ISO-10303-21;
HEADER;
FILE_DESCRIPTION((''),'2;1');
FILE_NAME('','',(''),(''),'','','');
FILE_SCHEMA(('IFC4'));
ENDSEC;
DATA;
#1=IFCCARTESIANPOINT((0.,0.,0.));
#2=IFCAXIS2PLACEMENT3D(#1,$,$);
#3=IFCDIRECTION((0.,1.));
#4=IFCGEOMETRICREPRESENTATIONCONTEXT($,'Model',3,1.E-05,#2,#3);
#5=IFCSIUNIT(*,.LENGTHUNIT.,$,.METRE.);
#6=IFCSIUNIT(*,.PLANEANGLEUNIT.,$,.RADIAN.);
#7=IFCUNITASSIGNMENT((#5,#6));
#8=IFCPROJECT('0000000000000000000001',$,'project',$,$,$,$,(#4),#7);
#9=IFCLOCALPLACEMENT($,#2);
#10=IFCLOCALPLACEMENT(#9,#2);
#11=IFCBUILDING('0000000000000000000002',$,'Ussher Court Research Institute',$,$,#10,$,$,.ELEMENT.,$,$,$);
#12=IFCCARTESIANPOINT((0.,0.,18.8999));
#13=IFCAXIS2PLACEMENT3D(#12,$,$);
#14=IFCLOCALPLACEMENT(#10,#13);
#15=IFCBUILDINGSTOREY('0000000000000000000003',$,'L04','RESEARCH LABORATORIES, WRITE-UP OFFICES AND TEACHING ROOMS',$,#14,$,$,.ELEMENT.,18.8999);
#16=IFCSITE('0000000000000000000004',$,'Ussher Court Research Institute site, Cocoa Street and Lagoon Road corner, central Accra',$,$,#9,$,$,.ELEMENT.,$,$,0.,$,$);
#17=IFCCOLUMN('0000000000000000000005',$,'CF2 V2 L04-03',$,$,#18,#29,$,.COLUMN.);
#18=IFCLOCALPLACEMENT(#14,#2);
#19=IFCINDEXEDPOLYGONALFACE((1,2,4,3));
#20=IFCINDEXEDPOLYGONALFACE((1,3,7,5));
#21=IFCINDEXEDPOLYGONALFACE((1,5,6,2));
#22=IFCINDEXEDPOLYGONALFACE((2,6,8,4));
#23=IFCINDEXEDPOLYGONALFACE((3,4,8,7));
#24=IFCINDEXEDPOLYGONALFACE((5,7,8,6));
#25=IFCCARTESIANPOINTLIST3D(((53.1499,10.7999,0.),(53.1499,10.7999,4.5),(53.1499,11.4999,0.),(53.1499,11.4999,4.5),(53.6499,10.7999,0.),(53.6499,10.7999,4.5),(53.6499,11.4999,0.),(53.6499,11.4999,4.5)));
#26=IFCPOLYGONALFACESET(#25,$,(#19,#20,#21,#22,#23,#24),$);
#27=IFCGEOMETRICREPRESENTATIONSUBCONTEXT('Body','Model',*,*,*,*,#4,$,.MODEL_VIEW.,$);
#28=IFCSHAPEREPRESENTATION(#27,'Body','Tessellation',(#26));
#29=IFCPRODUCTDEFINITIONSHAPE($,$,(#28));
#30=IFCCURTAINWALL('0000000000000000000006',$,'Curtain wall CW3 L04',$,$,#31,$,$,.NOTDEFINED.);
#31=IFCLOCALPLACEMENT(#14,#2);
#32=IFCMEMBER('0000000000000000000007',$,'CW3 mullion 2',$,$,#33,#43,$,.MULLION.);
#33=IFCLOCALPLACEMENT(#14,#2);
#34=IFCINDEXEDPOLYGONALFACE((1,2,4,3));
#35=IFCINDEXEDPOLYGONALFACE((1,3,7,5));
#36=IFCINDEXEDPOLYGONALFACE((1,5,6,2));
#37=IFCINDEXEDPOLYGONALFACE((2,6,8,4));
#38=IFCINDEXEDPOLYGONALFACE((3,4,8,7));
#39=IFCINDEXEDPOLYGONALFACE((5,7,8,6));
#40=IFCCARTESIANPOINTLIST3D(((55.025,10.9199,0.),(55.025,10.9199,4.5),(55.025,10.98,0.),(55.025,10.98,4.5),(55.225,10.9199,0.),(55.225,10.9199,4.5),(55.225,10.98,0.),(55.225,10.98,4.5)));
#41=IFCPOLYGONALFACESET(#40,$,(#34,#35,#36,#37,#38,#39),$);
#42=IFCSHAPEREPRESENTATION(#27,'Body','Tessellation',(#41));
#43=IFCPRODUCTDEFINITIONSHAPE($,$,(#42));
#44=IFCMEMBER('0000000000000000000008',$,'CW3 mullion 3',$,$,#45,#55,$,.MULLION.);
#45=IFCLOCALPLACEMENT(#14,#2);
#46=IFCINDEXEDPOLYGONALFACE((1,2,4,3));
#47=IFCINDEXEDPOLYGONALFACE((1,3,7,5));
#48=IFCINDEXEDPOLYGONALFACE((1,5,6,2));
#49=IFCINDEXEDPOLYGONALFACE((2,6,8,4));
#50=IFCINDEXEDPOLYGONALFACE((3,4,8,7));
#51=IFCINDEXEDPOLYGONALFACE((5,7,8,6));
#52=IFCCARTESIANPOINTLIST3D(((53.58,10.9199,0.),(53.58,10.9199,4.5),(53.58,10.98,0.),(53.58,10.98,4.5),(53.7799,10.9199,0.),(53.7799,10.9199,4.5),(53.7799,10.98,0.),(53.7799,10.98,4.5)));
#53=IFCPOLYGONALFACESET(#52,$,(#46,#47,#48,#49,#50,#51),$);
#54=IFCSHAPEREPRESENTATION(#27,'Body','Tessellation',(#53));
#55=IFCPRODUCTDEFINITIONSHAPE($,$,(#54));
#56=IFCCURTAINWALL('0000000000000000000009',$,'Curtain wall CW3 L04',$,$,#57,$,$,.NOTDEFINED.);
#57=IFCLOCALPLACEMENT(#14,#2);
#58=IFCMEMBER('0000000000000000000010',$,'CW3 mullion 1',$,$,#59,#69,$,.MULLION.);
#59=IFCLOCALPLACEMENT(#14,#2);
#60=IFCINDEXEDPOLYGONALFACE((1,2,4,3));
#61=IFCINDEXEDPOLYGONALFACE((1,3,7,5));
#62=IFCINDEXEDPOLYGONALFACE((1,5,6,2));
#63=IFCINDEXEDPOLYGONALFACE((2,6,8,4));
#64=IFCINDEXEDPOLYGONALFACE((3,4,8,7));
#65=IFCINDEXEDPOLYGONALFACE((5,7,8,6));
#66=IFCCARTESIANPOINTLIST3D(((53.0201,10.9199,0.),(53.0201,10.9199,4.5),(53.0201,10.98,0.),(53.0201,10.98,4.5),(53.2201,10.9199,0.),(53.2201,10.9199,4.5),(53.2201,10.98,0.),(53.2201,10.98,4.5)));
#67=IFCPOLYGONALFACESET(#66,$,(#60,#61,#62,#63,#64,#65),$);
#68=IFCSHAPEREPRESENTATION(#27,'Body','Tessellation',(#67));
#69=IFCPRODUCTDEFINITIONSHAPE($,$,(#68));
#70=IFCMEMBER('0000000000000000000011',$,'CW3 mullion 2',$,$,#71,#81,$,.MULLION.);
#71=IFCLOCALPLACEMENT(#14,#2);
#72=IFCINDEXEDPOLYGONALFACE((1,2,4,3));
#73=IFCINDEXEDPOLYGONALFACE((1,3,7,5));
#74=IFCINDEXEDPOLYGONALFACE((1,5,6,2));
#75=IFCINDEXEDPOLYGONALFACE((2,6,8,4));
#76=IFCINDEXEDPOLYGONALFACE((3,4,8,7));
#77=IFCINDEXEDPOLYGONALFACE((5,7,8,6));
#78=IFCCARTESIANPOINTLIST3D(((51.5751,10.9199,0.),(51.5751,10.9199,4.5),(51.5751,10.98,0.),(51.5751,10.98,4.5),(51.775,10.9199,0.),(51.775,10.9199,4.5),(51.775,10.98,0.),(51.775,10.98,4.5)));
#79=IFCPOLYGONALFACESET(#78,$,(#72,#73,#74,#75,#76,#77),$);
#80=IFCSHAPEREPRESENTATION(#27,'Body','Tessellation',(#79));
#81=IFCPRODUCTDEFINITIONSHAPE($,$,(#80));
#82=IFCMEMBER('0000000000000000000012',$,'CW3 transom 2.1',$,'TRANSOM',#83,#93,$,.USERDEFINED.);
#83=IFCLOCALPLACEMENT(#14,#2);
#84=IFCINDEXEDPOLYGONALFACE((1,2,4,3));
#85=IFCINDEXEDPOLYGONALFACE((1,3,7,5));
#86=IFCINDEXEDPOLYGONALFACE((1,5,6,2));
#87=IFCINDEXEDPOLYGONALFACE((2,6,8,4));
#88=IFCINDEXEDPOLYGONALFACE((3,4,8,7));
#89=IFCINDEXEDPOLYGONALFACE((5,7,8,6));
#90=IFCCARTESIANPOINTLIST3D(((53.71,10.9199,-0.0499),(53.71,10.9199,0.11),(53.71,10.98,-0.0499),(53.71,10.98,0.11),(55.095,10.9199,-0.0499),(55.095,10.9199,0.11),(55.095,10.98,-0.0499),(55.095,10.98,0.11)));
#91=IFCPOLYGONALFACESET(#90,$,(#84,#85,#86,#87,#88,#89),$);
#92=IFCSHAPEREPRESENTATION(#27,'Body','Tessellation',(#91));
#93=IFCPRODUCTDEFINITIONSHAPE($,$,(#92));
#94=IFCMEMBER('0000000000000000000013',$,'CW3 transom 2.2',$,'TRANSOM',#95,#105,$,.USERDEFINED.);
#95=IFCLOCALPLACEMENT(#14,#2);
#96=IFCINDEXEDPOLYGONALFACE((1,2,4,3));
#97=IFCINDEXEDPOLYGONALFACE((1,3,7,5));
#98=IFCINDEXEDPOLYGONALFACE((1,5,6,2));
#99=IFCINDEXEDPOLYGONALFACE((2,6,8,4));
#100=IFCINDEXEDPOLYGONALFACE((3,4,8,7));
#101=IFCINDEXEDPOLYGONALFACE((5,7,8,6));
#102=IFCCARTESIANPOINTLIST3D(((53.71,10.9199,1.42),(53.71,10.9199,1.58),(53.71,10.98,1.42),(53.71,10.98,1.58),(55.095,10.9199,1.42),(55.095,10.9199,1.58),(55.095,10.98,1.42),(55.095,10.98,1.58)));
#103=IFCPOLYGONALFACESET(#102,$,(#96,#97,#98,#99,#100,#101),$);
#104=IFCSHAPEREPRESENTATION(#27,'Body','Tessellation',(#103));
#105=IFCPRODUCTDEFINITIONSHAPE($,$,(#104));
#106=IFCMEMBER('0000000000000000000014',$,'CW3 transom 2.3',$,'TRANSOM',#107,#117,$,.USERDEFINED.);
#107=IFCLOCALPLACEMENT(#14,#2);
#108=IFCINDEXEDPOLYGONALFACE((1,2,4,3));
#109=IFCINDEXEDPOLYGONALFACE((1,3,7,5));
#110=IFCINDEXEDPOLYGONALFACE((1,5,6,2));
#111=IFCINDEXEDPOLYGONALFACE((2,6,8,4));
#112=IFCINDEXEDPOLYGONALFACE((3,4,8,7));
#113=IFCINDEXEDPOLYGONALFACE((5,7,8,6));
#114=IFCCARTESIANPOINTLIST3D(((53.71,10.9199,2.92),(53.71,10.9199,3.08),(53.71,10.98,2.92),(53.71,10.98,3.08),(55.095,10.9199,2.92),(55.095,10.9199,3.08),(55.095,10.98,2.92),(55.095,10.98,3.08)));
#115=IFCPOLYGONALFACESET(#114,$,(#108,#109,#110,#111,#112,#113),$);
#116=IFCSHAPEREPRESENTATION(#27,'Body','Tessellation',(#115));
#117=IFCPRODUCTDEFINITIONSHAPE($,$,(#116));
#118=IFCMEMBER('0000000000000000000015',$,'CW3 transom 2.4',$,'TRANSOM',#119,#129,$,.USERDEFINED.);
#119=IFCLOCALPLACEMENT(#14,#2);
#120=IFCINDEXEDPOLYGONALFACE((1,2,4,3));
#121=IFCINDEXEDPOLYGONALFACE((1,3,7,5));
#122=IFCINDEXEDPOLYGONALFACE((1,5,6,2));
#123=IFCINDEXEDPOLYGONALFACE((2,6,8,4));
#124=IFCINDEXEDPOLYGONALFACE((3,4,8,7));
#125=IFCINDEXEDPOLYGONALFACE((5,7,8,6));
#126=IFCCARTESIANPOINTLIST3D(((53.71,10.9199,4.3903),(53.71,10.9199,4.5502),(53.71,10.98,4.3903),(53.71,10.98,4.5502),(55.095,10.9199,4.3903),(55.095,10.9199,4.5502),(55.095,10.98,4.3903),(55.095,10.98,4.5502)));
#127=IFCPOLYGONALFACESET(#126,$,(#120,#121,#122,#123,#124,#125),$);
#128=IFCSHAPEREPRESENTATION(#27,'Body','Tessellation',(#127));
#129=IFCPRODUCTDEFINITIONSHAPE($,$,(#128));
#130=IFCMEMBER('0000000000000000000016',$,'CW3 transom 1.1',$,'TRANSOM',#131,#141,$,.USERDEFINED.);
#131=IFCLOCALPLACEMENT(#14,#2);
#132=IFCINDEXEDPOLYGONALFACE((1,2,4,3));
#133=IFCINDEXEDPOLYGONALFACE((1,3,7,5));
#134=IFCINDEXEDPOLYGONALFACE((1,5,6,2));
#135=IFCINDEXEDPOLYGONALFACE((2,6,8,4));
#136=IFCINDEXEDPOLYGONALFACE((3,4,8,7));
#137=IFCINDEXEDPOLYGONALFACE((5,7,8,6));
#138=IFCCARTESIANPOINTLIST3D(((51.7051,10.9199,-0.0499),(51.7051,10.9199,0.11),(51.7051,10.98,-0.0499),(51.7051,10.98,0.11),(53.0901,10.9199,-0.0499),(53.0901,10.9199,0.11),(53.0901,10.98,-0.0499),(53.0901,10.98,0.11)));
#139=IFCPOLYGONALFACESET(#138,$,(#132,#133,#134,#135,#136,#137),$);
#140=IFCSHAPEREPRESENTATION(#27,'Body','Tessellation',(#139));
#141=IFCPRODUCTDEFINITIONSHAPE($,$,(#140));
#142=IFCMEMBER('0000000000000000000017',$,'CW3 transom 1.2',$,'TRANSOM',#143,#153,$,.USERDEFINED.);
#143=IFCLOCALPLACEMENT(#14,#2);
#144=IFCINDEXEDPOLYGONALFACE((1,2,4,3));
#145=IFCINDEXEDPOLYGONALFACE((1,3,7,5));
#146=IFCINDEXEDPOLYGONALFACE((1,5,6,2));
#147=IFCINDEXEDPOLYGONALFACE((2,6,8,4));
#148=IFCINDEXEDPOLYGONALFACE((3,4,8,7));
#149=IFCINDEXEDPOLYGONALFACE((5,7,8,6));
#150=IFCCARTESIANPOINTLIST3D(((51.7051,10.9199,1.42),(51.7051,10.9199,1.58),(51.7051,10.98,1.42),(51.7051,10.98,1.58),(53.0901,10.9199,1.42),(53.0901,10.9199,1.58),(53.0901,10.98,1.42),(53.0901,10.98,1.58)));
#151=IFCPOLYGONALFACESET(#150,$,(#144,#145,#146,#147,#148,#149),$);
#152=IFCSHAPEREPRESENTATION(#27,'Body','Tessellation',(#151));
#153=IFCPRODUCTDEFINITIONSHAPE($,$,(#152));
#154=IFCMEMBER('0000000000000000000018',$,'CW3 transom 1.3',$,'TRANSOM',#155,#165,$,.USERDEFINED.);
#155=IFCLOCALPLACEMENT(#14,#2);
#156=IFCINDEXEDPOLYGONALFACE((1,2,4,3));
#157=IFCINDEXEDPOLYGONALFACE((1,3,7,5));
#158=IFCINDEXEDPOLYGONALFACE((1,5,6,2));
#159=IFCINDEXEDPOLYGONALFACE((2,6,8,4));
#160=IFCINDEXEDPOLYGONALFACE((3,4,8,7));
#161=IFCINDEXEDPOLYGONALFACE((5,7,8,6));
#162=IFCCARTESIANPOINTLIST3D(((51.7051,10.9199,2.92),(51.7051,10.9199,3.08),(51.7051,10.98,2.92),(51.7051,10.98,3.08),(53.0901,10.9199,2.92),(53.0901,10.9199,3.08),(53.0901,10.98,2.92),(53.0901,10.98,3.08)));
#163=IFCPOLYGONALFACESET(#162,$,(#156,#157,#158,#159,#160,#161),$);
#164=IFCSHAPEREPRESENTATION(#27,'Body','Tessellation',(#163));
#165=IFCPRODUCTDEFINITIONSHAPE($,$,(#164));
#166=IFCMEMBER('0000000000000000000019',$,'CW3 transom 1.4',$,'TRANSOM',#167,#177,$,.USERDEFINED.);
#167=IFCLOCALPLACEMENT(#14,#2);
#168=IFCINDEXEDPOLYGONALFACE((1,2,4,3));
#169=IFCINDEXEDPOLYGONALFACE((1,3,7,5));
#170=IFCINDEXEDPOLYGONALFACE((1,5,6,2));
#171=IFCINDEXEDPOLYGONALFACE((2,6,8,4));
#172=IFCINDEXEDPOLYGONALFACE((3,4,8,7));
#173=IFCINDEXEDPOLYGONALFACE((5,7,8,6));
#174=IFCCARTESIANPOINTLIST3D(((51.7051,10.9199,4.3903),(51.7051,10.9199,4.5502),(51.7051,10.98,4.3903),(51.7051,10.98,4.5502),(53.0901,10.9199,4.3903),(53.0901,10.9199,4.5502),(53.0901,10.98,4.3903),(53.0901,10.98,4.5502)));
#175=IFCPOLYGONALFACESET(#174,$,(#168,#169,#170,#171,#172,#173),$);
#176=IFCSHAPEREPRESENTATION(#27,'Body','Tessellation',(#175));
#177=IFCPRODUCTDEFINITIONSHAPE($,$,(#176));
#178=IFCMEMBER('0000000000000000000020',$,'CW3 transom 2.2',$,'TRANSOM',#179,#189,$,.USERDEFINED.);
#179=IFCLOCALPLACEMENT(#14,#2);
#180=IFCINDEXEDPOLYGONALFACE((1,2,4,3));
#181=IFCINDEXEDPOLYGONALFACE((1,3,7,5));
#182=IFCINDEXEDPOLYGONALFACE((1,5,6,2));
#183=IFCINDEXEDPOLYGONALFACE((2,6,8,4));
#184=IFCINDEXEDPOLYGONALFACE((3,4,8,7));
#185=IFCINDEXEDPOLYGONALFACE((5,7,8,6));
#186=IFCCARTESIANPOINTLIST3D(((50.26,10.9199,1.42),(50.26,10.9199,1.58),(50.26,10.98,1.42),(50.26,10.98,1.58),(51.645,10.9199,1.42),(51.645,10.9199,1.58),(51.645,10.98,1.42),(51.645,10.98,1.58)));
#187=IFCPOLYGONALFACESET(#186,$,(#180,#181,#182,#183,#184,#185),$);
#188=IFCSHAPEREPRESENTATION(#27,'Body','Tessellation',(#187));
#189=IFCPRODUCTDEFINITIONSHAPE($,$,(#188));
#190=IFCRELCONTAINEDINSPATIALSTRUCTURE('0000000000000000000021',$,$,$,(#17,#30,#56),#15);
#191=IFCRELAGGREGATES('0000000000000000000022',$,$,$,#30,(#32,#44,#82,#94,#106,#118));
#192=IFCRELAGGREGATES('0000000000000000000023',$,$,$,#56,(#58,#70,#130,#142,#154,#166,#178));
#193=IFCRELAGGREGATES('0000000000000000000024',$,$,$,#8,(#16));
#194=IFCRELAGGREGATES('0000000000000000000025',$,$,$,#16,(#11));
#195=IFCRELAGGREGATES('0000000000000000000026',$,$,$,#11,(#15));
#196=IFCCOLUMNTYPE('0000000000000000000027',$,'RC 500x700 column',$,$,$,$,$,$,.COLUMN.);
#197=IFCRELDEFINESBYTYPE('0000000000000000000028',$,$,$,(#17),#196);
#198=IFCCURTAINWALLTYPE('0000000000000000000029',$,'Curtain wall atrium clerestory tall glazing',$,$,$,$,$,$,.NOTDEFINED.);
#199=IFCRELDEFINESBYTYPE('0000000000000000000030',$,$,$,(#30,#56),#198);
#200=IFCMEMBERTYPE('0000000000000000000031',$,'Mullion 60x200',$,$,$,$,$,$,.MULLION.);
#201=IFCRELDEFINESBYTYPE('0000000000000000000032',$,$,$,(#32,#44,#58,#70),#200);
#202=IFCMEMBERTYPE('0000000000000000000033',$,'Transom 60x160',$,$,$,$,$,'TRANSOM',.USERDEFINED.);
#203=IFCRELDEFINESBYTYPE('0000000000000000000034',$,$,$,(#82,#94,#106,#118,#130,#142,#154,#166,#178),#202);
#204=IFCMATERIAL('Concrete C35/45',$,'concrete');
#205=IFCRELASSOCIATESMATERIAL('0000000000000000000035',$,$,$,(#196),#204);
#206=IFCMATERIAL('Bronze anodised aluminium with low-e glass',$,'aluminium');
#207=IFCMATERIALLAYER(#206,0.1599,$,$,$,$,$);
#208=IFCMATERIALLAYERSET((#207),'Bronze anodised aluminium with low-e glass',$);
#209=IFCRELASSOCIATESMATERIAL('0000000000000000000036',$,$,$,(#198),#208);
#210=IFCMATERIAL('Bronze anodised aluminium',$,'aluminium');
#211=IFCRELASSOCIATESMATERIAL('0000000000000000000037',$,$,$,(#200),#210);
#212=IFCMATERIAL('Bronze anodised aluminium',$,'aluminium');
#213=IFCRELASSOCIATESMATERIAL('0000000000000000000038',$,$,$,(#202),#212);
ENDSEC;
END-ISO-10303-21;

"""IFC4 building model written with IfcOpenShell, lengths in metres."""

from ifc_helpers import new_model, si_unit, direction, frame, origin, origin_2d, place, context, subcontext, project, spatial, rectangle, extrude, material, layer, layer_set, material_profile, profile_set, type_object, element, aggregate, save


model = new_model("IFC4")

# Units and contexts
model_context = context("Model", 3, precision=1e-05, world=origin(), true_north=direction((0.0, 1.0)))
body_context = subcontext(model_context, "Body", "Model", "MODEL_VIEW")
ifc_project = project(units=[si_unit("LENGTHUNIT", "METRE"), si_unit("PLANEANGLEUNIT", "RADIAN")], contexts=[model_context])

# Site, building, storey
site_placement = place(None, origin())
site = spatial("IfcSite", under=ifc_project, at=site_placement, Name="Ussher Court Research Institute site, Cocoa Street and Lagoon Road corner, central Accra", CompositionType="ELEMENT", RefElevation=0.0)
building_placement = place(site_placement, origin())
building = spatial("IfcBuilding", under=site, at=building_placement, Name="Ussher Court Research Institute", CompositionType="ELEMENT")
storey_placement = place(building_placement, frame((0.0, 0.0, 18.8999)))
storey = spatial("IfcBuildingStorey", under=building, at=storey_placement, Name="L04", Description="RESEARCH LABORATORIES, WRITE-UP OFFICES AND TEACHING ROOMS", CompositionType="ELEMENT", Elevation=18.8999)

# Column
ifc_material_1 = material(Name="Concrete C35/45", Category="concrete")
ifc_material_profile_1 = material_profile(ifc_material_1, rectangle(XDim=0.5, YDim=0.7, at=origin_2d()), Name="RC 500x700")
ifc_profile_set_1 = profile_set([ifc_material_profile_1], Name="Concrete C35/45")
column_type = type_object("IfcColumnType", Name="RC 500x700 column", PredefinedType="COLUMN", material=ifc_profile_set_1)
column_placement = place(storey_placement, frame((53.3999, 11.1499, 0.0), z_axis=(0.0, 0.0, 1.0), x_axis=(1.0, 0.0, 0.0)))
element("IfcColumn", 1, at=column_placement, inside=storey, type_object=column_type, Name="CF2 V2 L04-03", PredefinedType="COLUMN", context=body_context, shape_type="SweptSolid", body=[
    extrude(rectangle(XDim=0.5, YDim=0.7, at=origin_2d()), origin(), (0.0, 0.0, 1.0), 4.5),
])

# Curtain walls, members
ifc_material_2 = material(Name="Bronze anodised aluminium with low-e glass", Category="aluminium")
ifc_layer_1 = layer(ifc_material_2, 0.1599)
ifc_layer_set_1 = layer_set([ifc_layer_1], Name="Bronze anodised aluminium with low-e glass")
curtain_wall_type = type_object("IfcCurtainWallType", Name="Curtain wall atrium clerestory tall glazing", PredefinedType="NOTDEFINED", material=ifc_layer_set_1)
curtain_wall_1_placement = place(storey_placement, origin())
curtain_wall_1 = element("IfcCurtainWall", 2, at=curtain_wall_1_placement, inside=storey, type_object=curtain_wall_type, Name="Curtain wall CW3 L04", PredefinedType="NOTDEFINED")
ifc_material_3 = material(Name="Bronze anodised aluminium", Category="aluminium")
ifc_material_profile_2 = material_profile(ifc_material_3, rectangle(XDim=0.0601, YDim=0.2, at=origin_2d()), Name="Mullion 60x200")
ifc_profile_set_2 = profile_set([ifc_material_profile_2], Name="Bronze anodised aluminium")
member_type_1 = type_object("IfcMemberType", Name="Mullion 60x200", PredefinedType="MULLION", material=ifc_profile_set_2)
member_1_placement = place(storey_placement, frame((55.125, 10.95, 0.0), z_axis=(0.0, 0.0, 1.0), x_axis=(0.0, -1.0, 0.0)))
member_1 = element("IfcMember", 3, at=member_1_placement, type_object=member_type_1, Name="CW3 mullion 2", PredefinedType="MULLION", context=body_context, shape_type="SweptSolid", body=[
    extrude(rectangle(XDim=0.0601, YDim=0.2, at=origin_2d()), origin(), (0.0, 0.0, 1.0), 4.5),
])
member_2_placement = place(storey_placement, frame((53.6799, 10.95, 0.0), z_axis=(0.0, 0.0, 1.0), x_axis=(0.0, -1.0, 0.0)))
member_2 = element("IfcMember", 4, at=member_2_placement, type_object=member_type_1, Name="CW3 mullion 3", PredefinedType="MULLION", context=body_context, shape_type="SweptSolid", body=[
    extrude(rectangle(XDim=0.0601, YDim=0.2, at=origin_2d()), origin(), (0.0, 0.0, 1.0), 4.5),
])
curtain_wall_2_placement = place(storey_placement, origin())
curtain_wall_2 = element("IfcCurtainWall", 5, at=curtain_wall_2_placement, inside=storey, type_object=curtain_wall_type, Name="Curtain wall CW3 L04", PredefinedType="NOTDEFINED")
member_3_placement = place(storey_placement, frame((53.1201, 10.95, 0.0), z_axis=(0.0, 0.0, 1.0), x_axis=(0.0, -1.0, 0.0)))
member_3 = element("IfcMember", 6, at=member_3_placement, type_object=member_type_1, Name="CW3 mullion 1", PredefinedType="MULLION", context=body_context, shape_type="SweptSolid", body=[
    extrude(rectangle(XDim=0.0601, YDim=0.2, at=origin_2d()), origin(), (0.0, 0.0, 1.0), 4.5),
])
member_4_placement = place(storey_placement, frame((51.675, 10.95, 0.0), z_axis=(0.0, 0.0, 1.0), x_axis=(0.0, -1.0, 0.0)))
member_4 = element("IfcMember", 7, at=member_4_placement, type_object=member_type_1, Name="CW3 mullion 2", PredefinedType="MULLION", context=body_context, shape_type="SweptSolid", body=[
    extrude(rectangle(XDim=0.0601, YDim=0.2, at=origin_2d()), origin(), (0.0, 0.0, 1.0), 4.5),
])

# Members
ifc_material_4 = material(Name="Bronze anodised aluminium", Category="aluminium")
ifc_material_profile_3 = material_profile(ifc_material_4, rectangle(XDim=0.0601, YDim=0.1599, at=origin_2d()), Name="Transom 60x160")
ifc_profile_set_3 = profile_set([ifc_material_profile_3], Name="Bronze anodised aluminium")
member_type_2 = type_object("IfcMemberType", Name="Transom 60x160", ElementType="TRANSOM", PredefinedType="USERDEFINED", material=ifc_profile_set_3)
member_5_placement = place(storey_placement, frame((55.095, 10.95, 0.03), z_axis=(-1.0, 0.0, 0.0), x_axis=(0.0, -1.0, 0.0)))
member_5 = element("IfcMember", 8, at=member_5_placement, type_object=member_type_2, Name="CW3 transom 2.1", ObjectType="TRANSOM", PredefinedType="USERDEFINED", context=body_context, shape_type="SweptSolid", body=[
    extrude(rectangle(XDim=0.0601, YDim=0.1599, at=origin_2d()), origin(), (0.0, 0.0, 1.0), 1.385),
])
member_6_placement = place(storey_placement, frame((55.095, 10.95, 1.5), z_axis=(-1.0, 0.0, 0.0), x_axis=(0.0, -1.0, 0.0)))
member_6 = element("IfcMember", 9, at=member_6_placement, type_object=member_type_2, Name="CW3 transom 2.2", ObjectType="TRANSOM", PredefinedType="USERDEFINED", context=body_context, shape_type="SweptSolid", body=[
    extrude(rectangle(XDim=0.0601, YDim=0.1599, at=origin_2d()), origin(), (0.0, 0.0, 1.0), 1.385),
])
member_7_placement = place(storey_placement, frame((55.095, 10.95, 3.0), z_axis=(-1.0, 0.0, 0.0), x_axis=(0.0, -1.0, 0.0)))
member_7 = element("IfcMember", 10, at=member_7_placement, type_object=member_type_2, Name="CW3 transom 2.3", ObjectType="TRANSOM", PredefinedType="USERDEFINED", context=body_context, shape_type="SweptSolid", body=[
    extrude(rectangle(XDim=0.0601, YDim=0.1599, at=origin_2d()), origin(), (0.0, 0.0, 1.0), 1.385),
])
member_8_placement = place(storey_placement, frame((55.095, 10.95, 4.4702), z_axis=(-1.0, 0.0, 0.0), x_axis=(0.0, -1.0, 0.0)))
member_8 = element("IfcMember", 11, at=member_8_placement, type_object=member_type_2, Name="CW3 transom 2.4", ObjectType="TRANSOM", PredefinedType="USERDEFINED", context=body_context, shape_type="SweptSolid", body=[
    extrude(rectangle(XDim=0.0601, YDim=0.1599, at=origin_2d()), origin(), (0.0, 0.0, 1.0), 1.385),
])
member_9_placement = place(storey_placement, frame((53.0901, 10.95, 0.03), z_axis=(-1.0, 0.0, 0.0), x_axis=(0.0, -1.0, 0.0)))
member_9 = element("IfcMember", 12, at=member_9_placement, type_object=member_type_2, Name="CW3 transom 1.1", ObjectType="TRANSOM", PredefinedType="USERDEFINED", context=body_context, shape_type="SweptSolid", body=[
    extrude(rectangle(XDim=0.0601, YDim=0.1599, at=origin_2d()), origin(), (0.0, 0.0, 1.0), 1.385),
])
member_10_placement = place(storey_placement, frame((53.0901, 10.95, 1.5), z_axis=(-1.0, 0.0, 0.0), x_axis=(0.0, -1.0, 0.0)))
member_10 = element("IfcMember", 13, at=member_10_placement, type_object=member_type_2, Name="CW3 transom 1.2", ObjectType="TRANSOM", PredefinedType="USERDEFINED", context=body_context, shape_type="SweptSolid", body=[
    extrude(rectangle(XDim=0.0601, YDim=0.1599, at=origin_2d()), origin(), (0.0, 0.0, 1.0), 1.385),
])
member_11_placement = place(storey_placement, frame((53.0901, 10.95, 3.0), z_axis=(-1.0, 0.0, 0.0), x_axis=(0.0, -1.0, 0.0)))
member_11 = element("IfcMember", 14, at=member_11_placement, type_object=member_type_2, Name="CW3 transom 1.3", ObjectType="TRANSOM", PredefinedType="USERDEFINED", context=body_context, shape_type="SweptSolid", body=[
    extrude(rectangle(XDim=0.0601, YDim=0.1599, at=origin_2d()), origin(), (0.0, 0.0, 1.0), 1.385),
])
member_12_placement = place(storey_placement, frame((53.0901, 10.95, 4.4702), z_axis=(-1.0, 0.0, 0.0), x_axis=(0.0, -1.0, 0.0)))
member_12 = element("IfcMember", 15, at=member_12_placement, type_object=member_type_2, Name="CW3 transom 1.4", ObjectType="TRANSOM", PredefinedType="USERDEFINED", context=body_context, shape_type="SweptSolid", body=[
    extrude(rectangle(XDim=0.0601, YDim=0.1599, at=origin_2d()), origin(), (0.0, 0.0, 1.0), 1.385),
])
member_13_placement = place(storey_placement, frame((51.645, 10.95, 1.5), z_axis=(-1.0, 0.0, 0.0), x_axis=(0.0, -1.0, 0.0)))
member_13 = element("IfcMember", 16, at=member_13_placement, type_object=member_type_2, Name="CW3 transom 2.2", ObjectType="TRANSOM", PredefinedType="USERDEFINED", context=body_context, shape_type="SweptSolid", body=[
    extrude(rectangle(XDim=0.0601, YDim=0.1599, at=origin_2d()), origin(), (0.0, 0.0, 1.0), 1.385),
])

aggregate(curtain_wall_1, [member_1, member_2, member_5, member_6, member_7, member_8])
aggregate(curtain_wall_2, [member_3, member_4, member_9, member_10, member_11, member_12, member_13])

save(model, "model.ifc")
